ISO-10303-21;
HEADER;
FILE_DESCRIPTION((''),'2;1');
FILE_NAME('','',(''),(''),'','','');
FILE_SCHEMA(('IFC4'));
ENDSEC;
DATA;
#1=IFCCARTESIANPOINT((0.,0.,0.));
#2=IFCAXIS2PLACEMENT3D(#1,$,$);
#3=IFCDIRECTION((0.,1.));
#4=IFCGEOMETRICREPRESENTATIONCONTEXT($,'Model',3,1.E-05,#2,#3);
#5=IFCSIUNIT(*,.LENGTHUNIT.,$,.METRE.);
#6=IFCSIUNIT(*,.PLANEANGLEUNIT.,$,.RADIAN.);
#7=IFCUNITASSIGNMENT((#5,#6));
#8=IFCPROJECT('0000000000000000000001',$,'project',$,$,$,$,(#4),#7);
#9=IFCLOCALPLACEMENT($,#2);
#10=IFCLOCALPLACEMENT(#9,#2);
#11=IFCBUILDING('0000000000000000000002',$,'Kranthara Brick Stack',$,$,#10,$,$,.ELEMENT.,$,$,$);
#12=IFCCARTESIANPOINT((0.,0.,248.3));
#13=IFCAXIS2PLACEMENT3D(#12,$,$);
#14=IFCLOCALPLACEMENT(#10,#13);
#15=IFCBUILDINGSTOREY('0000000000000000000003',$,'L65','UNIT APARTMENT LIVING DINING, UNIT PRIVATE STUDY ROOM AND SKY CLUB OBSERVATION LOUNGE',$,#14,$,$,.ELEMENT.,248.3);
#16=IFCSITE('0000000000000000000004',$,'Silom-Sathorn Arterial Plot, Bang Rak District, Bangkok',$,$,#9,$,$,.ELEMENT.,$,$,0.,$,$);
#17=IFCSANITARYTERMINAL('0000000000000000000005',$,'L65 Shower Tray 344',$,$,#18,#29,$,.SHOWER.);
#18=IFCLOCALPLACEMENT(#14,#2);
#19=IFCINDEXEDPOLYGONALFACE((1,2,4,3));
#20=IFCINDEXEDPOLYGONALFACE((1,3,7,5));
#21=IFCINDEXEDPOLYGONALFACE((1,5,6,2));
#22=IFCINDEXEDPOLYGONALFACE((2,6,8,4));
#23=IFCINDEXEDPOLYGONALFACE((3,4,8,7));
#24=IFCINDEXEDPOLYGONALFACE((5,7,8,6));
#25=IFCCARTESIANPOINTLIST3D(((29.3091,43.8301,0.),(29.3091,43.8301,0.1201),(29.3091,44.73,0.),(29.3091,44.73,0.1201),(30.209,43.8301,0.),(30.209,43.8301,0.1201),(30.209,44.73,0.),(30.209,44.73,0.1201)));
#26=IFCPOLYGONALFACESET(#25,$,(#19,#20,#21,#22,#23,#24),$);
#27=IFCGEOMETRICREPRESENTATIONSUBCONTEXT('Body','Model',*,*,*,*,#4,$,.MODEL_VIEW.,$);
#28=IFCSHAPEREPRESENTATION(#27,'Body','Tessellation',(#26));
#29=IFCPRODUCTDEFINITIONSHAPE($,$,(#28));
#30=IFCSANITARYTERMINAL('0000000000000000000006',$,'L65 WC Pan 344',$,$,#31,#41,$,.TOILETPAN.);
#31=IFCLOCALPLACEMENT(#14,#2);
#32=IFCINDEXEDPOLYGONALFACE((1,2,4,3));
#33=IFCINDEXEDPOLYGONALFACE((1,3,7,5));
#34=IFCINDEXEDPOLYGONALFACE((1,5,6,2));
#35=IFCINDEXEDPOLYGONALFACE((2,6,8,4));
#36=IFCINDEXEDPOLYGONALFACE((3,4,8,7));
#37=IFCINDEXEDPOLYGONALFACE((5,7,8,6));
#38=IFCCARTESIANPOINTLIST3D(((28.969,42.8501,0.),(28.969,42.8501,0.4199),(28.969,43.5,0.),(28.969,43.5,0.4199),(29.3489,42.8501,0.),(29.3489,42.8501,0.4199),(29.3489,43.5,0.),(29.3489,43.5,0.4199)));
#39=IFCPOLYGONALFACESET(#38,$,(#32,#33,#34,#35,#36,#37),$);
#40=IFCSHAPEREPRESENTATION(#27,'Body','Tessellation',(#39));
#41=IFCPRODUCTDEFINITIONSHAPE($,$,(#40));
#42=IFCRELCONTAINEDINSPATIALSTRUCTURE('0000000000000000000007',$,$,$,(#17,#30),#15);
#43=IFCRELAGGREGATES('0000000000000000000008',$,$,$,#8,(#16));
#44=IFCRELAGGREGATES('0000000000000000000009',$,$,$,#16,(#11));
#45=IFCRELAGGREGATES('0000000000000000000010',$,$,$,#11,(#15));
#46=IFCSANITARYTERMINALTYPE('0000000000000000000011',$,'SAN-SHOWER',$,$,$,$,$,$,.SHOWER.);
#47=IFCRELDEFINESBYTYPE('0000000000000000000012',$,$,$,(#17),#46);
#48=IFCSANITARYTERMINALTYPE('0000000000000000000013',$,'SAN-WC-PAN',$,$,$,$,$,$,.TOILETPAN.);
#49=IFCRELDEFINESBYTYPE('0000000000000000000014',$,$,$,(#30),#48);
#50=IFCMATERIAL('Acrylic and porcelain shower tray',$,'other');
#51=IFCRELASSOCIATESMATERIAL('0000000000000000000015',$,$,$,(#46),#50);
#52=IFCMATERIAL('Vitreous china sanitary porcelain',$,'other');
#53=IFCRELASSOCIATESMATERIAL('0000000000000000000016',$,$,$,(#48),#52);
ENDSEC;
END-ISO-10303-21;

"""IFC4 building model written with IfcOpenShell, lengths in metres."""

from ifc_helpers import new_model, si_unit, direction, frame, origin, origin_2d, place, context, subcontext, project, spatial, rectangle, extrude, material, type_object, element, save


model = new_model("IFC4")

# Units and contexts
model_context = context("Model", 3, precision=1e-05, world=origin(), true_north=direction((0.0, 1.0)))
body_context = subcontext(model_context, "Body", "Model", "MODEL_VIEW")
ifc_project = project(units=[si_unit("LENGTHUNIT", "METRE"), si_unit("PLANEANGLEUNIT", "RADIAN")], contexts=[model_context])

# Site, building, storey
site_placement = place(None, origin())
site = spatial("IfcSite", under=ifc_project, at=site_placement, Name="Silom-Sathorn Arterial Plot, Bang Rak District, Bangkok", CompositionType="ELEMENT", RefElevation=0.0)
building_placement = place(site_placement, origin())
building = spatial("IfcBuilding", under=site, at=building_placement, Name="Kranthara Brick Stack", CompositionType="ELEMENT")
storey_placement = place(building_placement, frame((0.0, 0.0, 248.3)))
storey = spatial("IfcBuildingStorey", under=building, at=storey_placement, Name="L65", Description="UNIT APARTMENT LIVING DINING, UNIT PRIVATE STUDY ROOM AND SKY CLUB OBSERVATION LOUNGE", CompositionType="ELEMENT", Elevation=248.3)

# Sanitary terminals
ifc_material_1 = material(Name="Acrylic and porcelain shower tray", Category="other")
sanitary_terminal_type_1 = type_object("IfcSanitaryTerminalType", Name="SAN-SHOWER", PredefinedType="SHOWER", material=ifc_material_1)
sanitary_terminal_1_placement = place(storey_placement, frame((29.759, 44.28, 0.0), z_axis=(0.0, 0.0, 1.0), x_axis=(1.0, 0.0, 0.0)))
element("IfcSanitaryTerminal", 1, at=sanitary_terminal_1_placement, inside=storey, type_object=sanitary_terminal_type_1, Name="L65 Shower Tray 344", PredefinedType="SHOWER", context=body_context, shape_type="SweptSolid", body=[
    extrude(rectangle(XDim=0.8999, YDim=0.8999, at=origin_2d()), origin(), (0.0, 0.0, 1.0), 0.1201),
])
ifc_material_2 = material(Name="Vitreous china sanitary porcelain", Category="other")
sanitary_terminal_type_2 = type_object("IfcSanitaryTerminalType", Name="SAN-WC-PAN", PredefinedType="TOILETPAN", material=ifc_material_2)
sanitary_terminal_2_placement = place(storey_placement, frame((29.1589, 43.175, 0.0), z_axis=(0.0, 0.0, 1.0), x_axis=(1.0, 0.0, 0.0)))
element("IfcSanitaryTerminal", 2, at=sanitary_terminal_2_placement, inside=storey, type_object=sanitary_terminal_type_2, Name="L65 WC Pan 344", PredefinedType="TOILETPAN", context=body_context, shape_type="SweptSolid", body=[
    extrude(rectangle(XDim=0.3799, YDim=0.6499, at=origin_2d()), origin(), (0.0, 0.0, 1.0), 0.4199),
])

save(model, "model.ifc")
